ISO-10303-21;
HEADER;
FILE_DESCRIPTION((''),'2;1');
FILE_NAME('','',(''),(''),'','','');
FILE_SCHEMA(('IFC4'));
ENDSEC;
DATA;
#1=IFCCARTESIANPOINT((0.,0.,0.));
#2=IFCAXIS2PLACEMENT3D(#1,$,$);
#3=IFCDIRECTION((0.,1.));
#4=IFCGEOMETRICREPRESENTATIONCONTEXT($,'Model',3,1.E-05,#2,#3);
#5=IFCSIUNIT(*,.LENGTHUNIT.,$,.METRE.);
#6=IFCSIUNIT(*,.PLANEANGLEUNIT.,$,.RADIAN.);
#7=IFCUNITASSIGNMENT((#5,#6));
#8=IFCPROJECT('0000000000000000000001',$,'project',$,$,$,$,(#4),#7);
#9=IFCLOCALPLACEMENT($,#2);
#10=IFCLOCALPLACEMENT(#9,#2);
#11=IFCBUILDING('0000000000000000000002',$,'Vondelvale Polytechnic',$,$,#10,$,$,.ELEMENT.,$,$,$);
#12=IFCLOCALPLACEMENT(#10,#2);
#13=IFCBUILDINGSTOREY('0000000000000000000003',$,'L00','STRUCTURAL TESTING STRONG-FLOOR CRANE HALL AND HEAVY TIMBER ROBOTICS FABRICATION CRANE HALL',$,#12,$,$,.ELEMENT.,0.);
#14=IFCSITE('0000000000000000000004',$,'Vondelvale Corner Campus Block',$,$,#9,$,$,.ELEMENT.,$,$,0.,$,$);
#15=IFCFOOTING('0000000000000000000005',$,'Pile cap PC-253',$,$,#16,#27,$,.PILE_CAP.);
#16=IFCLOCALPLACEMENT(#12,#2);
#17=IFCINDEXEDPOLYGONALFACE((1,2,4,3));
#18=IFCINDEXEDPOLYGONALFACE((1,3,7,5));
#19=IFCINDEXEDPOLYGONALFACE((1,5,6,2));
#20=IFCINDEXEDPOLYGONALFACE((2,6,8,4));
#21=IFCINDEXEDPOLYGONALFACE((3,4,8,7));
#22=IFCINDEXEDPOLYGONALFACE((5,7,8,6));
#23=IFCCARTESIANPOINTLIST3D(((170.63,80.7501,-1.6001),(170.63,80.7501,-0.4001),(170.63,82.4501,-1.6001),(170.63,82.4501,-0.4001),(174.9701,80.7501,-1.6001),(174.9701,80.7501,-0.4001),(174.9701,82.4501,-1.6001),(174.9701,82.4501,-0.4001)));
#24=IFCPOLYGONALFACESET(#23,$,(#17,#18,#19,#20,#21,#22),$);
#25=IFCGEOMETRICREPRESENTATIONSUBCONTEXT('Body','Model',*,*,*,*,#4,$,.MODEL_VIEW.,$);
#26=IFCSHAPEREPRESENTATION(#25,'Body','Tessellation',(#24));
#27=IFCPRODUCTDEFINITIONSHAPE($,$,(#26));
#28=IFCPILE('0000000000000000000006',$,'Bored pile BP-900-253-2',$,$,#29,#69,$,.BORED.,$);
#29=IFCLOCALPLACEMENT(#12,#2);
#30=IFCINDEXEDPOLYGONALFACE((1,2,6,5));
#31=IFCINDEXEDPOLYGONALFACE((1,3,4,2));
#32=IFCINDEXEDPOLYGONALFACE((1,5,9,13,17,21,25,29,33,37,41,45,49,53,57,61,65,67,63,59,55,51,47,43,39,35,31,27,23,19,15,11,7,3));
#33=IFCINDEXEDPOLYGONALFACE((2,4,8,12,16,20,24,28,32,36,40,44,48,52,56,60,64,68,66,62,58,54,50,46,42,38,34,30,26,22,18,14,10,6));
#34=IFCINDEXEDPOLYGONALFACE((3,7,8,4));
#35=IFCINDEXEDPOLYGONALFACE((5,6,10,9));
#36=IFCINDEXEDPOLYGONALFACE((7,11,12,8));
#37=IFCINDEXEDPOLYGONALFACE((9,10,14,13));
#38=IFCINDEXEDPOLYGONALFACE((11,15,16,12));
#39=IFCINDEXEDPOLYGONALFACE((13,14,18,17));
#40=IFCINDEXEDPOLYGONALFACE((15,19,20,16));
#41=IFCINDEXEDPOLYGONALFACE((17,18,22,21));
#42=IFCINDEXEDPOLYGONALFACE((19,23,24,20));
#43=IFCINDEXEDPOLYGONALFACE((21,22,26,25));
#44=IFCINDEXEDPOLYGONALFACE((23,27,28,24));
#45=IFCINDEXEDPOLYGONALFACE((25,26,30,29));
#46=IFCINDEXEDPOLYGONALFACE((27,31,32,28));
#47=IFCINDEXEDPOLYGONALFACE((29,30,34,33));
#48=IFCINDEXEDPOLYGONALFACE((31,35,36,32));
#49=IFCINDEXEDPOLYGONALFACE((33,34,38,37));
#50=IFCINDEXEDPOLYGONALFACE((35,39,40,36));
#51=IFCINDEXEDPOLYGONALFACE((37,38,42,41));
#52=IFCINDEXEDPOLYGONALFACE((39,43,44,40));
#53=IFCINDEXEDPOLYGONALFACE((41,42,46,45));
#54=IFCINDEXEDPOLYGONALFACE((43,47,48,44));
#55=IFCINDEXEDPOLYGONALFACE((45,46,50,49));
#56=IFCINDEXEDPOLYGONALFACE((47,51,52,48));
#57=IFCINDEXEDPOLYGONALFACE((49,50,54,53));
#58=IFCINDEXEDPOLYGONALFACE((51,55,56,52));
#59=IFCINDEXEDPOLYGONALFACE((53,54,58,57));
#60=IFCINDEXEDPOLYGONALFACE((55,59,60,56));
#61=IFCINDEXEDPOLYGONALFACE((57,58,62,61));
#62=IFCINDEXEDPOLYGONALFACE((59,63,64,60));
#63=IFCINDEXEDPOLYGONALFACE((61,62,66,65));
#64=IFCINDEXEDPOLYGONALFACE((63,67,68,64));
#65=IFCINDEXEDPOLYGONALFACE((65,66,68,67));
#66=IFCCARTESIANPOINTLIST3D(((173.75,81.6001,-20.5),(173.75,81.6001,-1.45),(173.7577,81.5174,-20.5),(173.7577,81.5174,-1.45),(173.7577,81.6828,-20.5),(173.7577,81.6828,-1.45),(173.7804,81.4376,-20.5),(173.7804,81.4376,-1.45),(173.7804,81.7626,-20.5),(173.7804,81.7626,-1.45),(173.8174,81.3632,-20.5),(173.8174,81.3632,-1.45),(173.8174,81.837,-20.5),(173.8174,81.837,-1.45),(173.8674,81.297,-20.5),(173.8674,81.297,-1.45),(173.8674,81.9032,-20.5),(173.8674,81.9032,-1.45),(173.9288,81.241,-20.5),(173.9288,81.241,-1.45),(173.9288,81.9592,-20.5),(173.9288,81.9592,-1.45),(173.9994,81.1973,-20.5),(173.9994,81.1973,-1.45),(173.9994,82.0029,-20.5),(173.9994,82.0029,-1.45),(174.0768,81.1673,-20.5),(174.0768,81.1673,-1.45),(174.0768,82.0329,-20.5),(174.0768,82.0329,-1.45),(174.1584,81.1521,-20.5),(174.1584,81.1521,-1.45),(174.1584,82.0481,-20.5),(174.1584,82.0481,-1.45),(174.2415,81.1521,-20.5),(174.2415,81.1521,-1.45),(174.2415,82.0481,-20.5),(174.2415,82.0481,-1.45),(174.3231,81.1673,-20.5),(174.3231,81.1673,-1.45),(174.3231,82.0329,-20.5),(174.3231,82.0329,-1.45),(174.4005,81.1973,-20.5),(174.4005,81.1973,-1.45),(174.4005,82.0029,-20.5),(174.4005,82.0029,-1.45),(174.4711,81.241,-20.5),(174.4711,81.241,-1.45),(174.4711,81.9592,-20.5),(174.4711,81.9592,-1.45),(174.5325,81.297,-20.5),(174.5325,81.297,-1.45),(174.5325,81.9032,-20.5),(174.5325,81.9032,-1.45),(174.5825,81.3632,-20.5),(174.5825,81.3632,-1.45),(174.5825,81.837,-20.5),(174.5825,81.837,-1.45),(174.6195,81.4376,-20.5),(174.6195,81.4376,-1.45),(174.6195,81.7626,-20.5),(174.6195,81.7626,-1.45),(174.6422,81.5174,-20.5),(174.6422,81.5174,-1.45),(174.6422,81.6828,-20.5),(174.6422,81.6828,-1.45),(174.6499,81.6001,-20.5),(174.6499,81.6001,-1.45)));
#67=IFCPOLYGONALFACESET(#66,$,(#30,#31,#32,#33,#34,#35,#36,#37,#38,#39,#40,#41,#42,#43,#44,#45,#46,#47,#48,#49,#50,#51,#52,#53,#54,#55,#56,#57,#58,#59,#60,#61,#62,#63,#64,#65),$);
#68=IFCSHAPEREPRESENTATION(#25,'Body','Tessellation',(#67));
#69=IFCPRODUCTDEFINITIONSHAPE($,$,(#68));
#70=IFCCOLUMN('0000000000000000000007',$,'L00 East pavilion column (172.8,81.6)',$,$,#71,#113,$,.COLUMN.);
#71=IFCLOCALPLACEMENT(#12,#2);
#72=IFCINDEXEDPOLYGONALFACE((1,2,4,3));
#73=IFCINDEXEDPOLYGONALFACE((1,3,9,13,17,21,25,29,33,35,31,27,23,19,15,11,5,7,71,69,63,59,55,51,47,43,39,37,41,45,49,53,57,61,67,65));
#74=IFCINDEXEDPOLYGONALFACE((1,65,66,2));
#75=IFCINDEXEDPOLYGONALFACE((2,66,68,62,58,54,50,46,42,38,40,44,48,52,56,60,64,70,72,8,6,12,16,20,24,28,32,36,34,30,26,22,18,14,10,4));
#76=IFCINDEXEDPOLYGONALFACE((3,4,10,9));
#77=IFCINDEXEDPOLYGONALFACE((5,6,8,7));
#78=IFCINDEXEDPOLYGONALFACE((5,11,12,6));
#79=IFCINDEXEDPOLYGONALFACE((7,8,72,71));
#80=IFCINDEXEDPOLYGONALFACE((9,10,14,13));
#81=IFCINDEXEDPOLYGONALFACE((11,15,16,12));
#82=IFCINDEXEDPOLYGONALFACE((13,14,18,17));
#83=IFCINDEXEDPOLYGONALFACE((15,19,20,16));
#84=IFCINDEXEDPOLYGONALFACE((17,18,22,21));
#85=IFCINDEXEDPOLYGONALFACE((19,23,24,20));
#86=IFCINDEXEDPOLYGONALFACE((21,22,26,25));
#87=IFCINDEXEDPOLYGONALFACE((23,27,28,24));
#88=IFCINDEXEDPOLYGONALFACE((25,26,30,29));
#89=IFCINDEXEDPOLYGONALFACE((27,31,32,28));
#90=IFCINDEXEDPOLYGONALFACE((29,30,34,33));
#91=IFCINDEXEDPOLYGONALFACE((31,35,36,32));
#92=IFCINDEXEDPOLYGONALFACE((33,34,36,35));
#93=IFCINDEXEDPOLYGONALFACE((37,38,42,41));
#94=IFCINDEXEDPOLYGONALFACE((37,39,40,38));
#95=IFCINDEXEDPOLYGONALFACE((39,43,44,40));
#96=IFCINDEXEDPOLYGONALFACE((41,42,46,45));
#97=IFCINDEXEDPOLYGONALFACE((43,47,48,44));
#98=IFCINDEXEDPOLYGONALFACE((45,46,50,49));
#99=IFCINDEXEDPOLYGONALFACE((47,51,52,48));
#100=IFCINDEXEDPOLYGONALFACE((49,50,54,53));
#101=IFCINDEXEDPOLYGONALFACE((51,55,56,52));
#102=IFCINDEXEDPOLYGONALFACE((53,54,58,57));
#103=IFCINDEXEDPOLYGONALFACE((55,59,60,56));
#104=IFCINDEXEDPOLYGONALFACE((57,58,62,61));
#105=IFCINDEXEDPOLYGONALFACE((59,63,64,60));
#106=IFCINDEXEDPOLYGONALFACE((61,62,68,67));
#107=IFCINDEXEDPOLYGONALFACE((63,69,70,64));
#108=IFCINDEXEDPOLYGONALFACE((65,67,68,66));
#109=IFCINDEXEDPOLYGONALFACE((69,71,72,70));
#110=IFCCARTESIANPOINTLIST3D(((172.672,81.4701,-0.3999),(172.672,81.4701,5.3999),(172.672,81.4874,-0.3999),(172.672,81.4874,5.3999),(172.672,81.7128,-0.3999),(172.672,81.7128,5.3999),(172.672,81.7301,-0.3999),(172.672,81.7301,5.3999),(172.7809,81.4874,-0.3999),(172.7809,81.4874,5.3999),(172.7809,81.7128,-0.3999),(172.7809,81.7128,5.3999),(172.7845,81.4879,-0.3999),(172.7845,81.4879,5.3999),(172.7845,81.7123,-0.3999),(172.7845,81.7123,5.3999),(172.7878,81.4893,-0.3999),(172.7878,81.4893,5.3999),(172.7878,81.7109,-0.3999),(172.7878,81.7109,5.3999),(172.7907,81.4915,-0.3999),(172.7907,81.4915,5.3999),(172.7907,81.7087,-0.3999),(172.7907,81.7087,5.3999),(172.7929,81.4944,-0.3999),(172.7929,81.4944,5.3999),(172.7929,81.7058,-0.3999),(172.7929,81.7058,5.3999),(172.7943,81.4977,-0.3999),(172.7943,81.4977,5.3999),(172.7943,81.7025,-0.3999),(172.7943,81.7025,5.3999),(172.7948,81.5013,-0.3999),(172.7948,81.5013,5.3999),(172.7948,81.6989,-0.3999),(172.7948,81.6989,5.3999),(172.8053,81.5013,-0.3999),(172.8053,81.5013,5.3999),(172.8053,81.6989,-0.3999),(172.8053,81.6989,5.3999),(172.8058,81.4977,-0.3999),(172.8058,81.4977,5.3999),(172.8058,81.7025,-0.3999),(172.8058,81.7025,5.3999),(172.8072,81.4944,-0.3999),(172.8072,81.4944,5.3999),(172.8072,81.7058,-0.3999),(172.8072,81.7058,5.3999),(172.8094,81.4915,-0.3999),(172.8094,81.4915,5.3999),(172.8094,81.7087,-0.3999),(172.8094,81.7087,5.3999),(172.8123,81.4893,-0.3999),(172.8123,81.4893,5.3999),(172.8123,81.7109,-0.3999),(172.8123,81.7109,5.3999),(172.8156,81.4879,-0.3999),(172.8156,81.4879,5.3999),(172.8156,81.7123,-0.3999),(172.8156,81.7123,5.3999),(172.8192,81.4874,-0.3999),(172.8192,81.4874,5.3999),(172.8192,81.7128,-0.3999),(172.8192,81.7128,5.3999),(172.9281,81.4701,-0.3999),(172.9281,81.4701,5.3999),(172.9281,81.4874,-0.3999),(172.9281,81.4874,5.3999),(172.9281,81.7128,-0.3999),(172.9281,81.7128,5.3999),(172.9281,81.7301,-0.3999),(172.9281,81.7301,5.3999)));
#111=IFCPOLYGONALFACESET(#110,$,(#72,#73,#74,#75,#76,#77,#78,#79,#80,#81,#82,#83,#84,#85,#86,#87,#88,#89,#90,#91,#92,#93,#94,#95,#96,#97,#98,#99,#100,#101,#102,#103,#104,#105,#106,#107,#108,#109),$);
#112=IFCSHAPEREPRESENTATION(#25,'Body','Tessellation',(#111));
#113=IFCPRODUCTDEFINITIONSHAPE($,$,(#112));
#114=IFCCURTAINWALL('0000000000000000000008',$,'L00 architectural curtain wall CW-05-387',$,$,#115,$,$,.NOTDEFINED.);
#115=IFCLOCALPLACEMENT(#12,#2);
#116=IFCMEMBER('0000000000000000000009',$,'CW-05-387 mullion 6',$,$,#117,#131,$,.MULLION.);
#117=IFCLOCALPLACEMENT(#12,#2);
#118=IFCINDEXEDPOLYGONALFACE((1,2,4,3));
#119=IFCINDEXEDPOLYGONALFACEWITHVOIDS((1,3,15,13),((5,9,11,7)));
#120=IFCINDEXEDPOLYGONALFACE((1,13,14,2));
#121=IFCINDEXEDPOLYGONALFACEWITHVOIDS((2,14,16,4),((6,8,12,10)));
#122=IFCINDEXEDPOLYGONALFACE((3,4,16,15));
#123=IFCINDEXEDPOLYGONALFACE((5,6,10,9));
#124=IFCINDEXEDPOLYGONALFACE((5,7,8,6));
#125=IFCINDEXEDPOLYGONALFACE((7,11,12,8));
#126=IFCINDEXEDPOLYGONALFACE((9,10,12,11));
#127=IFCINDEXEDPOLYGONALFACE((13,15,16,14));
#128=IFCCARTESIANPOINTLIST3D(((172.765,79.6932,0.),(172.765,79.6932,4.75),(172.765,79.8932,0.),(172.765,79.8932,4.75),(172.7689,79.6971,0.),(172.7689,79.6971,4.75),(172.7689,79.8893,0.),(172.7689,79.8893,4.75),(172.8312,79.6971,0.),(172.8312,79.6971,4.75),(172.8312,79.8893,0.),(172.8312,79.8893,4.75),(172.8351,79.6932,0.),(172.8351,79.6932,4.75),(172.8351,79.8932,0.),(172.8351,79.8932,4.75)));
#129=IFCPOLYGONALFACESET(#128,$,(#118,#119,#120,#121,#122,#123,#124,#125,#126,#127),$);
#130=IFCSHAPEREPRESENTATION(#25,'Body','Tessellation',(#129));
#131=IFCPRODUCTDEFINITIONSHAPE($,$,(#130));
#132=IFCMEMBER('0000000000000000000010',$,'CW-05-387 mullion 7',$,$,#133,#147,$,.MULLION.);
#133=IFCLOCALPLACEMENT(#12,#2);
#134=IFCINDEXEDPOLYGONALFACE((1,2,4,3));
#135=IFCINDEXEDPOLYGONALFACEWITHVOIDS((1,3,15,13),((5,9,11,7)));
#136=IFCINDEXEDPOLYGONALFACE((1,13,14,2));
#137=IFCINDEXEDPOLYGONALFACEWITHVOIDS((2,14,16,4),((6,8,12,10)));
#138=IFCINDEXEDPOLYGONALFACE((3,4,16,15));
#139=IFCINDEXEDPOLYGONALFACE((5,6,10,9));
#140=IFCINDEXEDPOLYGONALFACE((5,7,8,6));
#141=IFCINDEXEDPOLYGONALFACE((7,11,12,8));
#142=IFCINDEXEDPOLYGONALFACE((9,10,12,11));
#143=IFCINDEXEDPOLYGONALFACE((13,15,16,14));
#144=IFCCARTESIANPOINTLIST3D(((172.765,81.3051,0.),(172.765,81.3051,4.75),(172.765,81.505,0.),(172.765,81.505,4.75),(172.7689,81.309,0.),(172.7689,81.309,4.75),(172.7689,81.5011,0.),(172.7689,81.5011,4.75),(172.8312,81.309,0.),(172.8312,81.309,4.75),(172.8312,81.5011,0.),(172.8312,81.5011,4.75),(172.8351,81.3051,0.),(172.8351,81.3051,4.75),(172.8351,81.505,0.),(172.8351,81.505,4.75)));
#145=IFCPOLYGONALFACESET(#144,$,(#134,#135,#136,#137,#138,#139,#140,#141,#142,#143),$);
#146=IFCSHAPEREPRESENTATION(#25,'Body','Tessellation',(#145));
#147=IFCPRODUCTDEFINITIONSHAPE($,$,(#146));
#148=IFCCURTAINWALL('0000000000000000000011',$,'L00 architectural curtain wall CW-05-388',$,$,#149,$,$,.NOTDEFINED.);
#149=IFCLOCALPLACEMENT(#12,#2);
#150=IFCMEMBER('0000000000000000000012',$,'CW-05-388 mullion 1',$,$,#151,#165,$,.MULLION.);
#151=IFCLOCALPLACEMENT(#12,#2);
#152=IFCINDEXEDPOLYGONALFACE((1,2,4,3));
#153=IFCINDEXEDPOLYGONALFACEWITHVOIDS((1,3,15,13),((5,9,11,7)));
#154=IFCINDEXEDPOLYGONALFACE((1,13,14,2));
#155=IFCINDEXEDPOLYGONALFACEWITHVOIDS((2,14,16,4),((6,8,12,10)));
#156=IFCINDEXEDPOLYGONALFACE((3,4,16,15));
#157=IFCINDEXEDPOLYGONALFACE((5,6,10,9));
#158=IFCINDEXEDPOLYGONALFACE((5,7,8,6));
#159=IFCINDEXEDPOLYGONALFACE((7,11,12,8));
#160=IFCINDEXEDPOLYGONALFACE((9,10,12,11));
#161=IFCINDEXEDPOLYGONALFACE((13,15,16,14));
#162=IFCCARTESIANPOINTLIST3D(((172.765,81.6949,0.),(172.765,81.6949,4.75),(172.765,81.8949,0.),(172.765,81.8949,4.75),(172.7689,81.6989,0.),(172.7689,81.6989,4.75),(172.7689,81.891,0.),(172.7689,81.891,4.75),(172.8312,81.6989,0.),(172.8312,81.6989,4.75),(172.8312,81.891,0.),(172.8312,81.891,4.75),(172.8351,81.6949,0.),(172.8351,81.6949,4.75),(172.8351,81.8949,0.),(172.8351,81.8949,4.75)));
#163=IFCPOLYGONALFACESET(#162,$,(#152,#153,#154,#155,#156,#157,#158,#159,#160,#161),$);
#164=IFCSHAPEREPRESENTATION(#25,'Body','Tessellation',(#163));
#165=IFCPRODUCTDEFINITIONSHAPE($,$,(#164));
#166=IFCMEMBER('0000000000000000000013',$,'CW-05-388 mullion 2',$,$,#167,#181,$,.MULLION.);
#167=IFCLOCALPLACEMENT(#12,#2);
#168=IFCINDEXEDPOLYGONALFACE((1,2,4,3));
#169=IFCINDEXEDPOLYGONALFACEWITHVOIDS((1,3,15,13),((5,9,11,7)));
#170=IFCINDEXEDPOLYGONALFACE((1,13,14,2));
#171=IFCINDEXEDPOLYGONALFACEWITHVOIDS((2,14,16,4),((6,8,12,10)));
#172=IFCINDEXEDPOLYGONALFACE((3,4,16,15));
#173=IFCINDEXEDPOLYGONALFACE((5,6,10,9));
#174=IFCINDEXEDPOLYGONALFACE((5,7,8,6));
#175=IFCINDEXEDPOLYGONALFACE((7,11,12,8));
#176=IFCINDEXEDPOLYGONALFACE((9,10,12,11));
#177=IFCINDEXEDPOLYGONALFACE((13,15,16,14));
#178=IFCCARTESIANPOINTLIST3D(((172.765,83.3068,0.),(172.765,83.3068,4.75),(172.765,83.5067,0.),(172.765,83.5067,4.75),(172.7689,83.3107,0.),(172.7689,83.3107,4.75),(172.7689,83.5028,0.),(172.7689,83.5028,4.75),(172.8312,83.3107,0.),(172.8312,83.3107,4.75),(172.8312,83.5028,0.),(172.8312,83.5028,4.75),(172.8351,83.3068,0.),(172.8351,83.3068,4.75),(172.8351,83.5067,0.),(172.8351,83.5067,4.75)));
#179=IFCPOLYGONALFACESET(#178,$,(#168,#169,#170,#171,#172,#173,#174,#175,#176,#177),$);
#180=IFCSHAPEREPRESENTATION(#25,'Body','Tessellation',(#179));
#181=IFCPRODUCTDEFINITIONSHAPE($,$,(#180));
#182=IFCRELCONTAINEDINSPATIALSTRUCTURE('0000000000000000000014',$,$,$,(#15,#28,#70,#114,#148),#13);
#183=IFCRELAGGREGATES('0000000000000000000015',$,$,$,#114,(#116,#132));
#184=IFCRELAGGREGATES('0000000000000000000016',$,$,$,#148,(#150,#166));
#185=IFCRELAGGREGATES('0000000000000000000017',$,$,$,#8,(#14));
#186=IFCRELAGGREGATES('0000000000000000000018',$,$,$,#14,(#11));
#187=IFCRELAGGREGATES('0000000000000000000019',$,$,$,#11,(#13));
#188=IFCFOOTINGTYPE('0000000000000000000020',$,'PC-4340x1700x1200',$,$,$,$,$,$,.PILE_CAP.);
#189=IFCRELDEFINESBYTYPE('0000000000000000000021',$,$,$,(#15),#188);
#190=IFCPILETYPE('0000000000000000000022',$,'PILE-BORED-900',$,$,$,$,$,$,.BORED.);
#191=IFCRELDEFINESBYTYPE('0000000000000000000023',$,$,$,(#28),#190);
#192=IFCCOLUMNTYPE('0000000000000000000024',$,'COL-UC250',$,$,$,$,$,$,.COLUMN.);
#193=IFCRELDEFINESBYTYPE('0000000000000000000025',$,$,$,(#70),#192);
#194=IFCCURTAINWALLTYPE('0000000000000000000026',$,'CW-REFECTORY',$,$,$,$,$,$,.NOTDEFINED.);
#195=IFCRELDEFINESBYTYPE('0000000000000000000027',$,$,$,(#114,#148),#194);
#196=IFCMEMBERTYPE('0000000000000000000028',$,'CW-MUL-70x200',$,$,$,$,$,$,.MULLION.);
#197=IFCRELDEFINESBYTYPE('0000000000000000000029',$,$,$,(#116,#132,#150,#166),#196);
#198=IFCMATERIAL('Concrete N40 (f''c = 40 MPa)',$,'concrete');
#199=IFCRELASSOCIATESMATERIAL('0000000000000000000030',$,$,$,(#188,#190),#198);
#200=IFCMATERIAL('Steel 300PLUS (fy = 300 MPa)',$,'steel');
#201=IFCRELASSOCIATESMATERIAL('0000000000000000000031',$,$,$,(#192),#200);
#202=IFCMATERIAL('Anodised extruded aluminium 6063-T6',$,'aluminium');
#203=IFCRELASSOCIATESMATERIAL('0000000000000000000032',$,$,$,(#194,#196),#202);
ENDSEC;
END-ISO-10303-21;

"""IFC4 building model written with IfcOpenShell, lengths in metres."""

from ifc_helpers import new_model, si_unit, direction, frame, origin, origin_2d, place, context, subcontext, project, spatial, rectangle, hollow_rectangle, circle, i_section, extrude, material, material_profile, profile_set, type_object, element, aggregate, save


model = new_model("IFC4")

# Units and contexts
model_context = context("Model", 3, precision=1e-05, world=origin(), true_north=direction((0.0, 1.0)))
body_context = subcontext(model_context, "Body", "Model", "MODEL_VIEW")
ifc_project = project(units=[si_unit("LENGTHUNIT", "METRE"), si_unit("PLANEANGLEUNIT", "RADIAN")], contexts=[model_context])

# Site, building, storey
site_placement = place(None, origin())
site = spatial("IfcSite", under=ifc_project, at=site_placement, Name="Vondelvale Corner Campus Block", CompositionType="ELEMENT", RefElevation=0.0)
building_placement = place(site_placement, origin())
building = spatial("IfcBuilding", under=site, at=building_placement, Name="Vondelvale Polytechnic", CompositionType="ELEMENT")
storey_placement = place(building_placement, origin())
storey = spatial("IfcBuildingStorey", under=building, at=storey_placement, Name="L00", Description="STRUCTURAL TESTING STRONG-FLOOR CRANE HALL AND HEAVY TIMBER ROBOTICS FABRICATION CRANE HALL", CompositionType="ELEMENT", Elevation=0.0)

# Footing
ifc_material_1 = material(Name="Concrete N40 (f'c = 40 MPa)", Category="concrete")
footing_type = type_object("IfcFootingType", Name="PC-4340x1700x1200", PredefinedType="PILE_CAP", material=ifc_material_1)
footing_placement = place(storey_placement, frame((172.8, 81.6001, -1.6001), z_axis=(0.0, 0.0, 1.0), x_axis=(1.0, 0.0, 0.0)))
element("IfcFooting", 1, at=footing_placement, inside=storey, type_object=footing_type, Name="Pile cap PC-253", PredefinedType="PILE_CAP", context=body_context, shape_type="SweptSolid", body=[
    extrude(rectangle(XDim=4.3401, YDim=1.7, at=origin_2d()), origin(), (0.0, 0.0, 1.0), 1.2),
])

# Pile
ifc_material_profile_1 = material_profile(ifc_material_1, circle(Radius=0.45, at=origin_2d()), Name="PILE-D900")
ifc_profile_set_1 = profile_set([ifc_material_profile_1], Name="Concrete N40 (f'c = 40 MPa)")
pile_type = type_object("IfcPileType", Name="PILE-BORED-900", PredefinedType="BORED", material=ifc_profile_set_1)
pile_placement = place(storey_placement, frame((174.2, 81.6001, -1.45), z_axis=(0.0, 0.0, -1.0), x_axis=(1.0, 0.0, 0.0)))
element("IfcPile", 2, at=pile_placement, inside=storey, type_object=pile_type, Name="Bored pile BP-900-253-2", PredefinedType="BORED", context=body_context, shape_type="SweptSolid", body=[
    extrude(circle(Radius=0.45, at=origin_2d()), origin(), (0.0, 0.0, 1.0), 19.05),
])

# Column
ifc_material_2 = material(Name="Steel 300PLUS (fy = 300 MPa)", Category="steel")
ifc_material_profile_2 = material_profile(ifc_material_2, i_section(OverallWidth=0.2561, OverallDepth=0.26, WebThickness=0.0105, FlangeThickness=0.0173, FilletRadius=0.0139, at=origin_2d()), Name="250UC89.5")
ifc_profile_set_2 = profile_set([ifc_material_profile_2], Name="Steel 300PLUS (fy = 300 MPa)")
column_type = type_object("IfcColumnType", Name="COL-UC250", PredefinedType="COLUMN", material=ifc_profile_set_2)
column_placement = place(storey_placement, frame((172.8, 81.6001, -0.3999), z_axis=(0.0, 0.0, 1.0), x_axis=(1.0, 0.0, 0.0)))
element("IfcColumn", 3, at=column_placement, inside=storey, type_object=column_type, Name="L00 East pavilion column (172.8,81.6)", PredefinedType="COLUMN", context=body_context, shape_type="SweptSolid", body=[
    extrude(i_section(OverallWidth=0.2561, OverallDepth=0.26, WebThickness=0.0105, FlangeThickness=0.0173, FilletRadius=0.0139, at=origin_2d()), origin(), (0.0, 0.0, 1.0), 5.7998),
])

# Curtain walls, members
ifc_material_3 = material(Name="Anodised extruded aluminium 6063-T6", Category="aluminium")
curtain_wall_type = type_object("IfcCurtainWallType", Name="CW-REFECTORY", PredefinedType="NOTDEFINED", material=ifc_material_3)
curtain_wall_1_placement = place(storey_placement, origin())
curtain_wall_1 = element("IfcCurtainWall", 4, at=curtain_wall_1_placement, inside=storey, type_object=curtain_wall_type, Name="L00 architectural curtain wall CW-05-387", PredefinedType="NOTDEFINED")
ifc_material_profile_3 = material_profile(ifc_material_3, hollow_rectangle(XDim=0.0701, YDim=0.2, WallThickness=0.0039, at=origin_2d()), Name="CW-MUL-200x70")
ifc_profile_set_3 = profile_set([ifc_material_profile_3], Name="Anodised extruded aluminium 6063-T6")
member_type_1 = type_object("IfcMemberType", Name="CW-MUL-70x200", PredefinedType="MULLION", material=ifc_profile_set_3)
member_1_placement = place(storey_placement, frame((172.8, 79.7932, 0.0), z_axis=(0.0, 0.0, 1.0), x_axis=(-1.0, 0.0, 0.0)))
member_1 = element("IfcMember", 5, at=member_1_placement, type_object=member_type_1, Name="CW-05-387 mullion 6", PredefinedType="MULLION", context=body_context, shape_type="SweptSolid", body=[
    extrude(hollow_rectangle(XDim=0.0701, YDim=0.2, WallThickness=0.0039, at=origin_2d()), origin(), (0.0, 0.0, 1.0), 4.75),
])
member_2_placement = place(storey_placement, frame((172.8, 81.405, 0.0), z_axis=(0.0, 0.0, 1.0), x_axis=(-1.0, 0.0, 0.0)))
member_2 = element("IfcMember", 6, at=member_2_placement, type_object=member_type_1, Name="CW-05-387 mullion 7", PredefinedType="MULLION", context=body_context, shape_type="SweptSolid", body=[
    extrude(hollow_rectangle(XDim=0.0701, YDim=0.2, WallThickness=0.0039, at=origin_2d()), origin(), (0.0, 0.0, 1.0), 4.75),
])
curtain_wall_2_placement = place(storey_placement, origin())
curtain_wall_2 = element("IfcCurtainWall", 7, at=curtain_wall_2_placement, inside=storey, type_object=curtain_wall_type, Name="L00 architectural curtain wall CW-05-388", PredefinedType="NOTDEFINED")
member_3_placement = place(storey_placement, frame((172.8, 81.7949, 0.0), z_axis=(0.0, 0.0, 1.0), x_axis=(-1.0, 0.0, 0.0)))
member_3 = element("IfcMember", 8, at=member_3_placement, type_object=member_type_1, Name="CW-05-388 mullion 1", PredefinedType="MULLION", context=body_context, shape_type="SweptSolid", body=[
    extrude(hollow_rectangle(XDim=0.0701, YDim=0.2, WallThickness=0.0039, at=origin_2d()), origin(), (0.0, 0.0, 1.0), 4.75),
])
member_4_placement = place(storey_placement, frame((172.8, 83.4067, 0.0), z_axis=(0.0, 0.0, 1.0), x_axis=(-1.0, 0.0, 0.0)))
member_4 = element("IfcMember", 9, at=member_4_placement, type_object=member_type_1, Name="CW-05-388 mullion 2", PredefinedType="MULLION", context=body_context, shape_type="SweptSolid", body=[
    extrude(hollow_rectangle(XDim=0.0701, YDim=0.2, WallThickness=0.0039, at=origin_2d()), origin(), (0.0, 0.0, 1.0), 4.75),
])

aggregate(curtain_wall_1, [member_1, member_2])
aggregate(curtain_wall_2, [member_3, member_4])

save(model, "model.ifc")
